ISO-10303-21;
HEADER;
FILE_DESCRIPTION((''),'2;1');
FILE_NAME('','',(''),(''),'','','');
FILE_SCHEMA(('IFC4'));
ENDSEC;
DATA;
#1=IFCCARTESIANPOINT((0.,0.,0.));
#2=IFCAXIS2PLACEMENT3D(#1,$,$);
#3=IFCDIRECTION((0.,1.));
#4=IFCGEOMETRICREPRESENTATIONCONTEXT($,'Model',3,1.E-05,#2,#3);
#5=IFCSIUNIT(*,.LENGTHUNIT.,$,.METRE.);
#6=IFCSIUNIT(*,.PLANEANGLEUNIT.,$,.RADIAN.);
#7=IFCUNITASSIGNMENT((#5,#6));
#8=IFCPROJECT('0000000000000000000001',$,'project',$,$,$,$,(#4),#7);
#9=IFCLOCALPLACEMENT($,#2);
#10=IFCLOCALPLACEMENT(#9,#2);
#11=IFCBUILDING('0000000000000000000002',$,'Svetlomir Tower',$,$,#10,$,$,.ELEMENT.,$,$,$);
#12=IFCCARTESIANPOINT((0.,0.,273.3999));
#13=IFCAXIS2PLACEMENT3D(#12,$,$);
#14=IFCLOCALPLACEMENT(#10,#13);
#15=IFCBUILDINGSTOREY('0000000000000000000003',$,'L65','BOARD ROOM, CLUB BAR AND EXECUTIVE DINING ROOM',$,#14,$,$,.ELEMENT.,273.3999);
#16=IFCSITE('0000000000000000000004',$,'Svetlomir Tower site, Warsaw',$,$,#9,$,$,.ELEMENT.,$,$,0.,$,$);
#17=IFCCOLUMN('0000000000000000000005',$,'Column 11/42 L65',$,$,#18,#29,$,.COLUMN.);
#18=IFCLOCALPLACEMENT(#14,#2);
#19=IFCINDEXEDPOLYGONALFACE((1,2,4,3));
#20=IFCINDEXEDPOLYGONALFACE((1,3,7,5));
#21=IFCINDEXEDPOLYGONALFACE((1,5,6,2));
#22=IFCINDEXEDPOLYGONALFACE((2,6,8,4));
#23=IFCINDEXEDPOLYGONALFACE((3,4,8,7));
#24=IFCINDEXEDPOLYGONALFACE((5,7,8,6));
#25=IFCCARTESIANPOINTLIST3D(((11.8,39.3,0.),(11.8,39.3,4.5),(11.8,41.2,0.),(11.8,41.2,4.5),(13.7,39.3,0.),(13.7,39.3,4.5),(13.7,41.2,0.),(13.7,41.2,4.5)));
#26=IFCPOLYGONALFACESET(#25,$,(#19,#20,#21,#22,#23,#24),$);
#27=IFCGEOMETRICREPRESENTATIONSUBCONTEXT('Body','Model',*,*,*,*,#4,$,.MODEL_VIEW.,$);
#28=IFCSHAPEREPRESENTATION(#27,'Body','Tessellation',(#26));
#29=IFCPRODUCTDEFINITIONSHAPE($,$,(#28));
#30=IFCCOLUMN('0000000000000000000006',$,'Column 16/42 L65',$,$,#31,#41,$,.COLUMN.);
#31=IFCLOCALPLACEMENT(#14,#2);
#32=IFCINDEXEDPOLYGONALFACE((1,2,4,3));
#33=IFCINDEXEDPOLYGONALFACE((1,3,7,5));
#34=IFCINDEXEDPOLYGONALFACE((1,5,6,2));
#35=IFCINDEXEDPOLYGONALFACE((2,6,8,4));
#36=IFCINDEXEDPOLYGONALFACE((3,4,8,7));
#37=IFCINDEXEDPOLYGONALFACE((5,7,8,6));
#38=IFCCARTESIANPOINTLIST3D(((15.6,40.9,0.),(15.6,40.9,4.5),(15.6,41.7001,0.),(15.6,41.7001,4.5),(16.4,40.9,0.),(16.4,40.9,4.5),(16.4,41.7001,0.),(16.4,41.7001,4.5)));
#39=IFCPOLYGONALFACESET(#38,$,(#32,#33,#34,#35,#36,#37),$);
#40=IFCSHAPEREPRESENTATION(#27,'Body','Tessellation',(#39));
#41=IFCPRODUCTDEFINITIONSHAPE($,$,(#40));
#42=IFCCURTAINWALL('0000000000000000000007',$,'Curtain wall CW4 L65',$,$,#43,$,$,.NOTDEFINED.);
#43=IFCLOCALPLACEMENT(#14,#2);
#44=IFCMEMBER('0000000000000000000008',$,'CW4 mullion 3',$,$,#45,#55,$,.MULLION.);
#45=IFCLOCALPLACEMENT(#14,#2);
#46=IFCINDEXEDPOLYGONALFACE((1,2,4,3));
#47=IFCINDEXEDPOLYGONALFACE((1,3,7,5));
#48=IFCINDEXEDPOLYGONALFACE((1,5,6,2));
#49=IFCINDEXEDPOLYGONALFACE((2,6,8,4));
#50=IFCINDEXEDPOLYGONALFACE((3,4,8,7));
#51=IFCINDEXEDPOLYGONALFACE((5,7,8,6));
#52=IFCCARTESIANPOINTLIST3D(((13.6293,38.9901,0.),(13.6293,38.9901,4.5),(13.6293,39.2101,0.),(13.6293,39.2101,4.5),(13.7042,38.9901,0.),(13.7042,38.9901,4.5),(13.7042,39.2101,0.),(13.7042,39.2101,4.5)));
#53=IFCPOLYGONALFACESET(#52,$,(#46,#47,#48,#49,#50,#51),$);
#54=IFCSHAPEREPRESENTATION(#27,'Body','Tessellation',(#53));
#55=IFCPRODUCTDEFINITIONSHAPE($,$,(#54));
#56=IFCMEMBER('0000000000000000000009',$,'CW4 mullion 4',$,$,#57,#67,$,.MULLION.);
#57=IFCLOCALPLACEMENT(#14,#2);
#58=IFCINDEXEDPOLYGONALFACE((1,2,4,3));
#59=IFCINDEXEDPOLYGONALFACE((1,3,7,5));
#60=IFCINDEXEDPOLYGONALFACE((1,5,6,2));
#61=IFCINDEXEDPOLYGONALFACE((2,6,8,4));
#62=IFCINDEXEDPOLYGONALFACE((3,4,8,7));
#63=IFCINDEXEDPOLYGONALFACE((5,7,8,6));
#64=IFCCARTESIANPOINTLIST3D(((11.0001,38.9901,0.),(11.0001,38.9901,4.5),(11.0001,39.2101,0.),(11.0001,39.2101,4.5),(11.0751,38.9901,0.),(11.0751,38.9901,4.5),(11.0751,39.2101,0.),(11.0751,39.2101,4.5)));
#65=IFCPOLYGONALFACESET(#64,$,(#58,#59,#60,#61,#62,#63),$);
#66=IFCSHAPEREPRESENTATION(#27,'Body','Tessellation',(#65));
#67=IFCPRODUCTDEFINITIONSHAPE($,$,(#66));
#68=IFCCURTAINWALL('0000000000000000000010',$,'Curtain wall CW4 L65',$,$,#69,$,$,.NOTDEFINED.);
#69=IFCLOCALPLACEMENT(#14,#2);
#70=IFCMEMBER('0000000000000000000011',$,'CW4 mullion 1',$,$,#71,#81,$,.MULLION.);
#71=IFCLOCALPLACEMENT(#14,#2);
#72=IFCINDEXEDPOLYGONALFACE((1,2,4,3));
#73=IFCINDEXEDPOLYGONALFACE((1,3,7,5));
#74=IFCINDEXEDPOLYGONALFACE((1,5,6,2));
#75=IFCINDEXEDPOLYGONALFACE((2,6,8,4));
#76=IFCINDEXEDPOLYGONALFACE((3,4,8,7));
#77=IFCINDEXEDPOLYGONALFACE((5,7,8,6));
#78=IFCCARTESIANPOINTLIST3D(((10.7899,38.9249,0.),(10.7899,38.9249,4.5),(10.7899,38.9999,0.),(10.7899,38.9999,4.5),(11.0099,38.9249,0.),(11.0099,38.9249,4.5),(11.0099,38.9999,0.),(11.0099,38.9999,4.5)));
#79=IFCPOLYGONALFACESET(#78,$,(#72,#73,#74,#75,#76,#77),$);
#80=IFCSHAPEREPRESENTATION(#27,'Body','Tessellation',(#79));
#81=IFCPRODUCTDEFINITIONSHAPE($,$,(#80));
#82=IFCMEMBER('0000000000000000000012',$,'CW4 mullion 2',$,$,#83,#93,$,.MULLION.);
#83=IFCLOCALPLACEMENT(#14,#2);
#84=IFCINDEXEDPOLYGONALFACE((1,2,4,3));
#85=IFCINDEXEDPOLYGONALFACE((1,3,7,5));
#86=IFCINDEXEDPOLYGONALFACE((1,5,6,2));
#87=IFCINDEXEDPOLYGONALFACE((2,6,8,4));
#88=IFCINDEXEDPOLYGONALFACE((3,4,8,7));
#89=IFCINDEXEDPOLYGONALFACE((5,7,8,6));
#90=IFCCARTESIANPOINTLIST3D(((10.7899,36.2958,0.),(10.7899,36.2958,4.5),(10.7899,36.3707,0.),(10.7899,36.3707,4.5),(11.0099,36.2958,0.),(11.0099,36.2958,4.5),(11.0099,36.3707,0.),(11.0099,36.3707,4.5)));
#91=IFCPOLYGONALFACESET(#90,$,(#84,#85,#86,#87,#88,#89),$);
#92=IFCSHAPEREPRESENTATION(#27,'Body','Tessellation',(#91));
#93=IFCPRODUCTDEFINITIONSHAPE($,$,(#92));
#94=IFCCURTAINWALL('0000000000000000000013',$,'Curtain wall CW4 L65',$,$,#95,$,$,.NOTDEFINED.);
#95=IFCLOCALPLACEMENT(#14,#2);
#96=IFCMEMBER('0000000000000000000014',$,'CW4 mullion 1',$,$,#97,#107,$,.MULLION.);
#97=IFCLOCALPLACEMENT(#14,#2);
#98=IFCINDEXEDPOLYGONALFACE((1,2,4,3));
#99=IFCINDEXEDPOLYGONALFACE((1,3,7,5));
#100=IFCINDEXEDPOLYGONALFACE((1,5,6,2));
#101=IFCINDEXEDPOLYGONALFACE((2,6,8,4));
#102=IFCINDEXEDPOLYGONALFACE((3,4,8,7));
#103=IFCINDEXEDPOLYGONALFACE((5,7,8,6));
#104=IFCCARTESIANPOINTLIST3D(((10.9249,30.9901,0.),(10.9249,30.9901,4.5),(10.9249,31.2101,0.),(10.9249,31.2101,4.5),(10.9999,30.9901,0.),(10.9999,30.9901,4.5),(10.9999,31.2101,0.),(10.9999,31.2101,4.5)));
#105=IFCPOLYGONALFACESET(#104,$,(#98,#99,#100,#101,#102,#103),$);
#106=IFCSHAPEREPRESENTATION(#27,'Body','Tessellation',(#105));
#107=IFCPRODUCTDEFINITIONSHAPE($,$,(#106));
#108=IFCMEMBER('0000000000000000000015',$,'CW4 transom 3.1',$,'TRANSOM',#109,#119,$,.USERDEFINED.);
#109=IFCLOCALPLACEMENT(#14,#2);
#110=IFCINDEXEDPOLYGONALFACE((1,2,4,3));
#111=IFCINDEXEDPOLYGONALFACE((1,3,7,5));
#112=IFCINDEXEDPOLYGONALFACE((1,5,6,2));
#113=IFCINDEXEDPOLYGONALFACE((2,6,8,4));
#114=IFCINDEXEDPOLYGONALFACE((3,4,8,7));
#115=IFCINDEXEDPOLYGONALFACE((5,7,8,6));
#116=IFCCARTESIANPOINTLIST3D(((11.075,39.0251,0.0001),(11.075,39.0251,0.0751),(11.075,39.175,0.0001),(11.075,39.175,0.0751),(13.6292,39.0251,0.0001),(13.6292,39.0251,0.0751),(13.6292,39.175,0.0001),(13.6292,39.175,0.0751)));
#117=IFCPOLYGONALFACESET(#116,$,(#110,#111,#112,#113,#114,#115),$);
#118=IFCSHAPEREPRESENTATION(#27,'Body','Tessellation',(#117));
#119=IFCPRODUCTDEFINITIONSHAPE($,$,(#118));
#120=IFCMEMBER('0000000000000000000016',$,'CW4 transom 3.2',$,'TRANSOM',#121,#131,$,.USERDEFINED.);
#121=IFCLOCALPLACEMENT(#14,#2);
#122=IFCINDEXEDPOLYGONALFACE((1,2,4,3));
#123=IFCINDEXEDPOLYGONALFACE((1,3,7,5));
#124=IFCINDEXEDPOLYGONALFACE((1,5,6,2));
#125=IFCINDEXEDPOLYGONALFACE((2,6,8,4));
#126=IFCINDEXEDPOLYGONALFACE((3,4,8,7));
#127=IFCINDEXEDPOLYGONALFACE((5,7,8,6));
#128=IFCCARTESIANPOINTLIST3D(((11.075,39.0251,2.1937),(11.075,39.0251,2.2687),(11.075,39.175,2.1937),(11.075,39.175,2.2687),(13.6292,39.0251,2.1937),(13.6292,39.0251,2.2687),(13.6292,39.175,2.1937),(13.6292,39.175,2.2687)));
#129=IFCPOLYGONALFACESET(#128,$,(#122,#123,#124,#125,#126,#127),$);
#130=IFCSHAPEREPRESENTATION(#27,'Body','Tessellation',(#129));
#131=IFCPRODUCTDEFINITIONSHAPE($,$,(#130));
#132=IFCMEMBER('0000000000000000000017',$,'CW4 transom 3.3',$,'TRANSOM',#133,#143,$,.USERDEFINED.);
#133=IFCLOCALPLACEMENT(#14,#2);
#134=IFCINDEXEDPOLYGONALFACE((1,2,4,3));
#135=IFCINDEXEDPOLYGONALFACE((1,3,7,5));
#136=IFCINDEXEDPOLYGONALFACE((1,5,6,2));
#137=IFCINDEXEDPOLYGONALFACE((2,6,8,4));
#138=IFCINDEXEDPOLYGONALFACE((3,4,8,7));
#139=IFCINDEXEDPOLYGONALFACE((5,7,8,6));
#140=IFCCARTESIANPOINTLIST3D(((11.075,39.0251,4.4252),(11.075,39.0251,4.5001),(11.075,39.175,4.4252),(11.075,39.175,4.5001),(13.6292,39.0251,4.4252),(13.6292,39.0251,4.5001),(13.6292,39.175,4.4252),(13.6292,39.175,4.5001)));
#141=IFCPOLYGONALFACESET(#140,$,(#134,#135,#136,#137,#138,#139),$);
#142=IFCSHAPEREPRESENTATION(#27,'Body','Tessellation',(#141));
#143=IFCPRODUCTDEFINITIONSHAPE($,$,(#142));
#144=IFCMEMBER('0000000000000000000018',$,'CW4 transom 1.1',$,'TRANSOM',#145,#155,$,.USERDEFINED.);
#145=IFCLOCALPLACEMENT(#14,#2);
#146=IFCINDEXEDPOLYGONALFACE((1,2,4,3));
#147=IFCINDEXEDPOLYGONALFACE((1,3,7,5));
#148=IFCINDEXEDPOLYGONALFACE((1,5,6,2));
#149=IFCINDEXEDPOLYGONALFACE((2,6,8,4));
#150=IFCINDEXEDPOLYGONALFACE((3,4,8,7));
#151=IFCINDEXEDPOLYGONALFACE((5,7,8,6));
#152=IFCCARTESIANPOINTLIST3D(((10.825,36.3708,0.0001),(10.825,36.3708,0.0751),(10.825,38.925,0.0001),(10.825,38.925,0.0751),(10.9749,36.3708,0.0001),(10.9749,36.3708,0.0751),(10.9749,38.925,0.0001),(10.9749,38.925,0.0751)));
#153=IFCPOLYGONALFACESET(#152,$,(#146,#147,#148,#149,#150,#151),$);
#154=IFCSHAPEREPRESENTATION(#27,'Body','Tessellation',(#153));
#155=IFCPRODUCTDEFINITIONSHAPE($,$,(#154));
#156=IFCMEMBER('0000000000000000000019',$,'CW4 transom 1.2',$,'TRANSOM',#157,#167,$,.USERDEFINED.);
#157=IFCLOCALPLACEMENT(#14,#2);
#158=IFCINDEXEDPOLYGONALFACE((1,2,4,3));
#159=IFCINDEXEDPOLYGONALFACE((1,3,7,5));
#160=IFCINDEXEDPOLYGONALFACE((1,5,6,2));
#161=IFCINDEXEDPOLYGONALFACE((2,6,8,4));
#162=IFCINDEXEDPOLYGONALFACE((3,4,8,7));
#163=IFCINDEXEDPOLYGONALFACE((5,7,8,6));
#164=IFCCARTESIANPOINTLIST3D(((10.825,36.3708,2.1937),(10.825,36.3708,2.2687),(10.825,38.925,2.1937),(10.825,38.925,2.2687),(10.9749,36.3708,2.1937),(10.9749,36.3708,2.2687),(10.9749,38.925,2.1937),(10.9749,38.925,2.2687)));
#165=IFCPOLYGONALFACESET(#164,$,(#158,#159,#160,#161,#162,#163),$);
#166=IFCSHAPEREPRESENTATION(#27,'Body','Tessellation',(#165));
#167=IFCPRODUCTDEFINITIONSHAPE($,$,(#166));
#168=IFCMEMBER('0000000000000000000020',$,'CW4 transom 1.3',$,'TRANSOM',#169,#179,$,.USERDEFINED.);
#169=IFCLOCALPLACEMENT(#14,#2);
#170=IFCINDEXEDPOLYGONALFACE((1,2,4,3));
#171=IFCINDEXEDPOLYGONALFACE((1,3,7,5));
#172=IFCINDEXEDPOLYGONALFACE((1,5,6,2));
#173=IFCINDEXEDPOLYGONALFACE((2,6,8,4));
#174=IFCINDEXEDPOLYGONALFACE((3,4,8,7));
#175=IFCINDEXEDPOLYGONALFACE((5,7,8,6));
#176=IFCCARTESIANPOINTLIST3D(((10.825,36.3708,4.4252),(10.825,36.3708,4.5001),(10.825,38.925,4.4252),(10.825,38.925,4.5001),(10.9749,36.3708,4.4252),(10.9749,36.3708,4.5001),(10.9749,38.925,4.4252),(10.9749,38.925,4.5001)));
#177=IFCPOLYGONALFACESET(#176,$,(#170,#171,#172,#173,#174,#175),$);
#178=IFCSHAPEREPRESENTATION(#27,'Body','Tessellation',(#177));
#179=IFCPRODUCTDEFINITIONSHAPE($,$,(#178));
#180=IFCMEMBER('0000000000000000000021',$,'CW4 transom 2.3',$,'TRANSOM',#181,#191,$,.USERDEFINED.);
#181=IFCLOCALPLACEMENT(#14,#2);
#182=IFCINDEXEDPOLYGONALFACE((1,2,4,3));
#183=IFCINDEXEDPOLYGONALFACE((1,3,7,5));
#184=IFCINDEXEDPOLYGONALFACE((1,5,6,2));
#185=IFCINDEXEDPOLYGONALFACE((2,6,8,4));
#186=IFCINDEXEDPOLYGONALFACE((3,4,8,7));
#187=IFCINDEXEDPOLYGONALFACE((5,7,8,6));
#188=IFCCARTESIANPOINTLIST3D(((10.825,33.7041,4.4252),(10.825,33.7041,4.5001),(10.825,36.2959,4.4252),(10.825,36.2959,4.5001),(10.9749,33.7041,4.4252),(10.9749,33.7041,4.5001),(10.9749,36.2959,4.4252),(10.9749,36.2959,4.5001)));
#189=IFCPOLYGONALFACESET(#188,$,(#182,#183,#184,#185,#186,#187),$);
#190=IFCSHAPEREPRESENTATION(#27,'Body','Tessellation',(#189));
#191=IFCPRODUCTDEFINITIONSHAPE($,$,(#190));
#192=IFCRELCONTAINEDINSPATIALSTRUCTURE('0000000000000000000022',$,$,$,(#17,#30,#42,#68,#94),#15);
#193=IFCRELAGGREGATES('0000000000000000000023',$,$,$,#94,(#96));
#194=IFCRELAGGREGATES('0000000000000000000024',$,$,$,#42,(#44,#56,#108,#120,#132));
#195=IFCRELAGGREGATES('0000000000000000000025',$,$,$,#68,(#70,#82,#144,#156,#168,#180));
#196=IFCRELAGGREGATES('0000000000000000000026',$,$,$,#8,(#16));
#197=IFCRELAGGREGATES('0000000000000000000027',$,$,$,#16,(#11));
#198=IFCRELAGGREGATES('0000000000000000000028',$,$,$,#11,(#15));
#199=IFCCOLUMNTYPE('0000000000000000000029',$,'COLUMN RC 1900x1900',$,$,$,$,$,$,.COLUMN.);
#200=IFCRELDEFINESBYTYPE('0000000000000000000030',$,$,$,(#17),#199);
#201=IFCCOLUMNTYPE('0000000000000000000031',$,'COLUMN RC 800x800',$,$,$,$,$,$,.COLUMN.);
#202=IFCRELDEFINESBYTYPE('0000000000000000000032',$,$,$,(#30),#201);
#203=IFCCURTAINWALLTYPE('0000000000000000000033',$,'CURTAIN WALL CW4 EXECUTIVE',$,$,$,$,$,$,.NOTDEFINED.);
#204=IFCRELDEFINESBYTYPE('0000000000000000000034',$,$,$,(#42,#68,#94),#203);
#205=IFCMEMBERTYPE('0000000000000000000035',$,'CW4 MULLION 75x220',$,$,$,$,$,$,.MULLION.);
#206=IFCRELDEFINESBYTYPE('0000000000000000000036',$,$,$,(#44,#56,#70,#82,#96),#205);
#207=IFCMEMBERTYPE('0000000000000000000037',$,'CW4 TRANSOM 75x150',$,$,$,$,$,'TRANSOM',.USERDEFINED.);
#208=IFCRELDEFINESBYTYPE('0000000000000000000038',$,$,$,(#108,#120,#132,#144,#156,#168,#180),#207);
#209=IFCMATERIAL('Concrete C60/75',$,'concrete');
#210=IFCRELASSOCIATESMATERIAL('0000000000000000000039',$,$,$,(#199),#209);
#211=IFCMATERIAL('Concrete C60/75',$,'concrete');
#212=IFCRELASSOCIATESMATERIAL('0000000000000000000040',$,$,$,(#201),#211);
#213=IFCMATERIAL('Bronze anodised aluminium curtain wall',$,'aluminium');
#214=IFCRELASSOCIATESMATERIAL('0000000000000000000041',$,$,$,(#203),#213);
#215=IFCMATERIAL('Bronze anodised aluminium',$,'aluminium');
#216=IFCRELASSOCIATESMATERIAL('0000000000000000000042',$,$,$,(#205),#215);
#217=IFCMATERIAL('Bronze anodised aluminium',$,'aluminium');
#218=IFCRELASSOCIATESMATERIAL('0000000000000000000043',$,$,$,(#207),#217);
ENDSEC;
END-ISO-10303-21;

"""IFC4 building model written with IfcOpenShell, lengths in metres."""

from ifc_helpers import new_model, si_unit, direction, frame, origin, origin_2d, place, context, subcontext, project, spatial, rectangle, extrude, material, material_profile, profile_set, type_object, element, aggregate, save


model = new_model("IFC4")

# Units and contexts
model_context = context("Model", 3, precision=1e-05, world=origin(), true_north=direction((0.0, 1.0)))
body_context = subcontext(model_context, "Body", "Model", "MODEL_VIEW")
ifc_project = project(units=[si_unit("LENGTHUNIT", "METRE"), si_unit("PLANEANGLEUNIT", "RADIAN")], contexts=[model_context])

# Site, building, storey
site_placement = place(None, origin())
site = spatial("IfcSite", under=ifc_project, at=site_placement, Name="Svetlomir Tower site, Warsaw", CompositionType="ELEMENT", RefElevation=0.0)
building_placement = place(site_placement, origin())
building = spatial("IfcBuilding", under=site, at=building_placement, Name="Svetlomir Tower", CompositionType="ELEMENT")
storey_placement = place(building_placement, frame((0.0, 0.0, 273.3999)))
storey = spatial("IfcBuildingStorey", under=building, at=storey_placement, Name="L65", Description="BOARD ROOM, CLUB BAR AND EXECUTIVE DINING ROOM", CompositionType="ELEMENT", Elevation=273.3999)

# Columns
ifc_material_1 = material(Name="Concrete C60/75", Category="concrete")
ifc_material_profile_1 = material_profile(ifc_material_1, rectangle(XDim=1.8999, YDim=1.8999, at=origin_2d()), Name="RC 1900x1900")
ifc_profile_set_1 = profile_set([ifc_material_profile_1], Name="Concrete C60/75")
column_type_1 = type_object("IfcColumnType", Name="COLUMN RC 1900x1900", PredefinedType="COLUMN", material=ifc_profile_set_1)
column_1_placement = place(storey_placement, frame((12.75, 40.25, 0.0), z_axis=(0.0, 0.0, 1.0), x_axis=(1.0, 0.0, 0.0)))
element("IfcColumn", 1, at=column_1_placement, inside=storey, type_object=column_type_1, Name="Column 11/42 L65", PredefinedType="COLUMN", context=body_context, shape_type="SweptSolid", body=[
    extrude(rectangle(XDim=1.8999, YDim=1.8999, at=origin_2d()), origin(), (0.0, 0.0, 1.0), 4.5),
])
ifc_material_2 = material(Name="Concrete C60/75", Category="concrete")
ifc_material_profile_2 = material_profile(ifc_material_2, rectangle(XDim=0.8, YDim=0.8, at=origin_2d()), Name="RC 800x800")
ifc_profile_set_2 = profile_set([ifc_material_profile_2], Name="Concrete C60/75")
column_type_2 = type_object("IfcColumnType", Name="COLUMN RC 800x800", PredefinedType="COLUMN", material=ifc_profile_set_2)
column_2_placement = place(storey_placement, frame((16.0, 41.3, 0.0), z_axis=(0.0, 0.0, 1.0), x_axis=(1.0, 0.0, 0.0)))
element("IfcColumn", 2, at=column_2_placement, inside=storey, type_object=column_type_2, Name="Column 16/42 L65", PredefinedType="COLUMN", context=body_context, shape_type="SweptSolid", body=[
    extrude(rectangle(XDim=0.8, YDim=0.8, at=origin_2d()), origin(), (0.0, 0.0, 1.0), 4.5),
])

# Curtain walls, members
ifc_material_3 = material(Name="Bronze anodised aluminium curtain wall", Category="aluminium")
curtain_wall_type = type_object("IfcCurtainWallType", Name="CURTAIN WALL CW4 EXECUTIVE", PredefinedType="NOTDEFINED", material=ifc_material_3)
curtain_wall_1_placement = place(storey_placement, origin())
curtain_wall_1 = element("IfcCurtainWall", 3, at=curtain_wall_1_placement, inside=storey, type_object=curtain_wall_type, Name="Curtain wall CW4 L65", PredefinedType="NOTDEFINED")
ifc_material_4 = material(Name="Bronze anodised aluminium", Category="aluminium")
ifc_material_profile_3 = material_profile(ifc_material_4, rectangle(XDim=0.075, YDim=0.22, at=origin_2d()), Name="AL 75x220")
ifc_profile_set_3 = profile_set([ifc_material_profile_3], Name="Bronze anodised aluminium 6063-T6")
member_type_1 = type_object("IfcMemberType", Name="CW4 MULLION 75x220", PredefinedType="MULLION", material=ifc_profile_set_3)
member_1_placement = place(storey_placement, frame((13.6667, 39.1001, 0.0), z_axis=(0.0, 0.0, 1.0), x_axis=(-1.0, 0.0, 0.0)))
member_1 = element("IfcMember", 4, at=member_1_placement, type_object=member_type_1, Name="CW4 mullion 3", PredefinedType="MULLION", context=body_context, shape_type="SweptSolid", body=[
    extrude(rectangle(XDim=0.075, YDim=0.22, at=origin_2d()), origin(), (0.0, 0.0, 1.0), 4.5),
])
member_2_placement = place(storey_placement, frame((11.0376, 39.1001, 0.0), z_axis=(0.0, 0.0, 1.0), x_axis=(-1.0, 0.0, 0.0)))
member_2 = element("IfcMember", 5, at=member_2_placement, type_object=member_type_1, Name="CW4 mullion 4", PredefinedType="MULLION", context=body_context, shape_type="SweptSolid", body=[
    extrude(rectangle(XDim=0.075, YDim=0.22, at=origin_2d()), origin(), (0.0, 0.0, 1.0), 4.5),
])
curtain_wall_2_placement = place(storey_placement, origin())
curtain_wall_2 = element("IfcCurtainWall", 6, at=curtain_wall_2_placement, inside=storey, type_object=curtain_wall_type, Name="Curtain wall CW4 L65", PredefinedType="NOTDEFINED")
member_3_placement = place(storey_placement, frame((10.8999, 38.9624, 0.0), z_axis=(0.0, 0.0, 1.0), x_axis=(0.0, -1.0, 0.0)))
member_3 = element("IfcMember", 7, at=member_3_placement, type_object=member_type_1, Name="CW4 mullion 1", PredefinedType="MULLION", context=body_context, shape_type="SweptSolid", body=[
    extrude(rectangle(XDim=0.075, YDim=0.22, at=origin_2d()), origin(), (0.0, 0.0, 1.0), 4.5),
])
member_4_placement = place(storey_placement, frame((10.8999, 36.3333, 0.0), z_axis=(0.0, 0.0, 1.0), x_axis=(0.0, -1.0, 0.0)))
member_4 = element("IfcMember", 8, at=member_4_placement, type_object=member_type_1, Name="CW4 mullion 2", PredefinedType="MULLION", context=body_context, shape_type="SweptSolid", body=[
    extrude(rectangle(XDim=0.075, YDim=0.22, at=origin_2d()), origin(), (0.0, 0.0, 1.0), 4.5),
])

# Curtain wall, member
curtain_wall_3_placement = place(storey_placement, origin())
curtain_wall_3 = element("IfcCurtainWall", 9, at=curtain_wall_3_placement, inside=storey, type_object=curtain_wall_type, Name="Curtain wall CW4 L65", PredefinedType="NOTDEFINED")
member_5_placement = place(storey_placement, frame((10.9624, 31.1001, 0.0), z_axis=(0.0, 0.0, 1.0), x_axis=(-1.0, 0.0, 0.0)))
member_5 = element("IfcMember", 10, at=member_5_placement, type_object=member_type_1, Name="CW4 mullion 1", PredefinedType="MULLION", context=body_context, shape_type="SweptSolid", body=[
    extrude(rectangle(XDim=0.075, YDim=0.22, at=origin_2d()), origin(), (0.0, 0.0, 1.0), 4.5),
])

# Members
ifc_material_5 = material(Name="Bronze anodised aluminium", Category="aluminium")
ifc_material_profile_4 = material_profile(ifc_material_5, rectangle(XDim=0.1499, YDim=0.075, at=origin_2d()), Name="AL 150x75")
ifc_profile_set_4 = profile_set([ifc_material_profile_4], Name="Bronze anodised aluminium 6063-T6")
member_type_2 = type_object("IfcMemberType", Name="CW4 TRANSOM 75x150", ElementType="TRANSOM", PredefinedType="USERDEFINED", material=ifc_profile_set_4)
member_6_placement = place(storey_placement, frame((13.6292, 39.1001, 0.0376), z_axis=(-1.0, 0.0, 0.0), x_axis=(0.0, -1.0, 0.0)))
member_6 = element("IfcMember", 11, at=member_6_placement, type_object=member_type_2, Name="CW4 transom 3.1", ObjectType="TRANSOM", PredefinedType="USERDEFINED", context=body_context, shape_type="SweptSolid", body=[
    extrude(rectangle(XDim=0.1499, YDim=0.075, at=origin_2d()), origin(), (0.0, 0.0, 1.0), 2.5542),
])
member_7_placement = place(storey_placement, frame((13.6292, 39.1001, 2.2312), z_axis=(-1.0, 0.0, 0.0), x_axis=(0.0, -1.0, 0.0)))
member_7 = element("IfcMember", 12, at=member_7_placement, type_object=member_type_2, Name="CW4 transom 3.2", ObjectType="TRANSOM", PredefinedType="USERDEFINED", context=body_context, shape_type="SweptSolid", body=[
    extrude(rectangle(XDim=0.1499, YDim=0.075, at=origin_2d()), origin(), (0.0, 0.0, 1.0), 2.5542),
])
member_8_placement = place(storey_placement, frame((13.6292, 39.1001, 4.4626), z_axis=(-1.0, 0.0, 0.0), x_axis=(0.0, -1.0, 0.0)))
member_8 = element("IfcMember", 13, at=member_8_placement, type_object=member_type_2, Name="CW4 transom 3.3", ObjectType="TRANSOM", PredefinedType="USERDEFINED", context=body_context, shape_type="SweptSolid", body=[
    extrude(rectangle(XDim=0.1499, YDim=0.075, at=origin_2d()), origin(), (0.0, 0.0, 1.0), 2.5542),
])
member_9_placement = place(storey_placement, frame((10.8999, 38.925, 0.0376), z_axis=(0.0, -1.0, 0.0), x_axis=(1.0, 0.0, 0.0)))
member_9 = element("IfcMember", 14, at=member_9_placement, type_object=member_type_2, Name="CW4 transom 1.1", ObjectType="TRANSOM", PredefinedType="USERDEFINED", context=body_context, shape_type="SweptSolid", body=[
    extrude(rectangle(XDim=0.1499, YDim=0.075, at=origin_2d()), origin(), (0.0, 0.0, 1.0), 2.5542),
])
member_10_placement = place(storey_placement, frame((10.8999, 38.925, 2.2312), z_axis=(0.0, -1.0, 0.0), x_axis=(1.0, 0.0, 0.0)))
member_10 = element("IfcMember", 15, at=member_10_placement, type_object=member_type_2, Name="CW4 transom 1.2", ObjectType="TRANSOM", PredefinedType="USERDEFINED", context=body_context, shape_type="SweptSolid", body=[
    extrude(rectangle(XDim=0.1499, YDim=0.075, at=origin_2d()), origin(), (0.0, 0.0, 1.0), 2.5542),
])
member_11_placement = place(storey_placement, frame((10.8999, 38.925, 4.4626), z_axis=(0.0, -1.0, 0.0), x_axis=(1.0, 0.0, 0.0)))
member_11 = element("IfcMember", 16, at=member_11_placement, type_object=member_type_2, Name="CW4 transom 1.3", ObjectType="TRANSOM", PredefinedType="USERDEFINED", context=body_context, shape_type="SweptSolid", body=[
    extrude(rectangle(XDim=0.1499, YDim=0.075, at=origin_2d()), origin(), (0.0, 0.0, 1.0), 2.5542),
])
member_12_placement = place(storey_placement, frame((10.8999, 36.2959, 4.4626), z_axis=(0.0, -1.0, 0.0), x_axis=(1.0, 0.0, 0.0)))
member_12 = element("IfcMember", 17, at=member_12_placement, type_object=member_type_2, Name="CW4 transom 2.3", ObjectType="TRANSOM", PredefinedType="USERDEFINED", context=body_context, shape_type="SweptSolid", body=[
    extrude(rectangle(XDim=0.1499, YDim=0.075, at=origin_2d()), origin(), (0.0, 0.0, 1.0), 2.5918),
])
aggregate(curtain_wall_3, [member_5])

aggregate(curtain_wall_1, [member_1, member_2, member_6, member_7, member_8])
aggregate(curtain_wall_2, [member_3, member_4, member_9, member_10, member_11, member_12])

save(model, "model.ifc")
